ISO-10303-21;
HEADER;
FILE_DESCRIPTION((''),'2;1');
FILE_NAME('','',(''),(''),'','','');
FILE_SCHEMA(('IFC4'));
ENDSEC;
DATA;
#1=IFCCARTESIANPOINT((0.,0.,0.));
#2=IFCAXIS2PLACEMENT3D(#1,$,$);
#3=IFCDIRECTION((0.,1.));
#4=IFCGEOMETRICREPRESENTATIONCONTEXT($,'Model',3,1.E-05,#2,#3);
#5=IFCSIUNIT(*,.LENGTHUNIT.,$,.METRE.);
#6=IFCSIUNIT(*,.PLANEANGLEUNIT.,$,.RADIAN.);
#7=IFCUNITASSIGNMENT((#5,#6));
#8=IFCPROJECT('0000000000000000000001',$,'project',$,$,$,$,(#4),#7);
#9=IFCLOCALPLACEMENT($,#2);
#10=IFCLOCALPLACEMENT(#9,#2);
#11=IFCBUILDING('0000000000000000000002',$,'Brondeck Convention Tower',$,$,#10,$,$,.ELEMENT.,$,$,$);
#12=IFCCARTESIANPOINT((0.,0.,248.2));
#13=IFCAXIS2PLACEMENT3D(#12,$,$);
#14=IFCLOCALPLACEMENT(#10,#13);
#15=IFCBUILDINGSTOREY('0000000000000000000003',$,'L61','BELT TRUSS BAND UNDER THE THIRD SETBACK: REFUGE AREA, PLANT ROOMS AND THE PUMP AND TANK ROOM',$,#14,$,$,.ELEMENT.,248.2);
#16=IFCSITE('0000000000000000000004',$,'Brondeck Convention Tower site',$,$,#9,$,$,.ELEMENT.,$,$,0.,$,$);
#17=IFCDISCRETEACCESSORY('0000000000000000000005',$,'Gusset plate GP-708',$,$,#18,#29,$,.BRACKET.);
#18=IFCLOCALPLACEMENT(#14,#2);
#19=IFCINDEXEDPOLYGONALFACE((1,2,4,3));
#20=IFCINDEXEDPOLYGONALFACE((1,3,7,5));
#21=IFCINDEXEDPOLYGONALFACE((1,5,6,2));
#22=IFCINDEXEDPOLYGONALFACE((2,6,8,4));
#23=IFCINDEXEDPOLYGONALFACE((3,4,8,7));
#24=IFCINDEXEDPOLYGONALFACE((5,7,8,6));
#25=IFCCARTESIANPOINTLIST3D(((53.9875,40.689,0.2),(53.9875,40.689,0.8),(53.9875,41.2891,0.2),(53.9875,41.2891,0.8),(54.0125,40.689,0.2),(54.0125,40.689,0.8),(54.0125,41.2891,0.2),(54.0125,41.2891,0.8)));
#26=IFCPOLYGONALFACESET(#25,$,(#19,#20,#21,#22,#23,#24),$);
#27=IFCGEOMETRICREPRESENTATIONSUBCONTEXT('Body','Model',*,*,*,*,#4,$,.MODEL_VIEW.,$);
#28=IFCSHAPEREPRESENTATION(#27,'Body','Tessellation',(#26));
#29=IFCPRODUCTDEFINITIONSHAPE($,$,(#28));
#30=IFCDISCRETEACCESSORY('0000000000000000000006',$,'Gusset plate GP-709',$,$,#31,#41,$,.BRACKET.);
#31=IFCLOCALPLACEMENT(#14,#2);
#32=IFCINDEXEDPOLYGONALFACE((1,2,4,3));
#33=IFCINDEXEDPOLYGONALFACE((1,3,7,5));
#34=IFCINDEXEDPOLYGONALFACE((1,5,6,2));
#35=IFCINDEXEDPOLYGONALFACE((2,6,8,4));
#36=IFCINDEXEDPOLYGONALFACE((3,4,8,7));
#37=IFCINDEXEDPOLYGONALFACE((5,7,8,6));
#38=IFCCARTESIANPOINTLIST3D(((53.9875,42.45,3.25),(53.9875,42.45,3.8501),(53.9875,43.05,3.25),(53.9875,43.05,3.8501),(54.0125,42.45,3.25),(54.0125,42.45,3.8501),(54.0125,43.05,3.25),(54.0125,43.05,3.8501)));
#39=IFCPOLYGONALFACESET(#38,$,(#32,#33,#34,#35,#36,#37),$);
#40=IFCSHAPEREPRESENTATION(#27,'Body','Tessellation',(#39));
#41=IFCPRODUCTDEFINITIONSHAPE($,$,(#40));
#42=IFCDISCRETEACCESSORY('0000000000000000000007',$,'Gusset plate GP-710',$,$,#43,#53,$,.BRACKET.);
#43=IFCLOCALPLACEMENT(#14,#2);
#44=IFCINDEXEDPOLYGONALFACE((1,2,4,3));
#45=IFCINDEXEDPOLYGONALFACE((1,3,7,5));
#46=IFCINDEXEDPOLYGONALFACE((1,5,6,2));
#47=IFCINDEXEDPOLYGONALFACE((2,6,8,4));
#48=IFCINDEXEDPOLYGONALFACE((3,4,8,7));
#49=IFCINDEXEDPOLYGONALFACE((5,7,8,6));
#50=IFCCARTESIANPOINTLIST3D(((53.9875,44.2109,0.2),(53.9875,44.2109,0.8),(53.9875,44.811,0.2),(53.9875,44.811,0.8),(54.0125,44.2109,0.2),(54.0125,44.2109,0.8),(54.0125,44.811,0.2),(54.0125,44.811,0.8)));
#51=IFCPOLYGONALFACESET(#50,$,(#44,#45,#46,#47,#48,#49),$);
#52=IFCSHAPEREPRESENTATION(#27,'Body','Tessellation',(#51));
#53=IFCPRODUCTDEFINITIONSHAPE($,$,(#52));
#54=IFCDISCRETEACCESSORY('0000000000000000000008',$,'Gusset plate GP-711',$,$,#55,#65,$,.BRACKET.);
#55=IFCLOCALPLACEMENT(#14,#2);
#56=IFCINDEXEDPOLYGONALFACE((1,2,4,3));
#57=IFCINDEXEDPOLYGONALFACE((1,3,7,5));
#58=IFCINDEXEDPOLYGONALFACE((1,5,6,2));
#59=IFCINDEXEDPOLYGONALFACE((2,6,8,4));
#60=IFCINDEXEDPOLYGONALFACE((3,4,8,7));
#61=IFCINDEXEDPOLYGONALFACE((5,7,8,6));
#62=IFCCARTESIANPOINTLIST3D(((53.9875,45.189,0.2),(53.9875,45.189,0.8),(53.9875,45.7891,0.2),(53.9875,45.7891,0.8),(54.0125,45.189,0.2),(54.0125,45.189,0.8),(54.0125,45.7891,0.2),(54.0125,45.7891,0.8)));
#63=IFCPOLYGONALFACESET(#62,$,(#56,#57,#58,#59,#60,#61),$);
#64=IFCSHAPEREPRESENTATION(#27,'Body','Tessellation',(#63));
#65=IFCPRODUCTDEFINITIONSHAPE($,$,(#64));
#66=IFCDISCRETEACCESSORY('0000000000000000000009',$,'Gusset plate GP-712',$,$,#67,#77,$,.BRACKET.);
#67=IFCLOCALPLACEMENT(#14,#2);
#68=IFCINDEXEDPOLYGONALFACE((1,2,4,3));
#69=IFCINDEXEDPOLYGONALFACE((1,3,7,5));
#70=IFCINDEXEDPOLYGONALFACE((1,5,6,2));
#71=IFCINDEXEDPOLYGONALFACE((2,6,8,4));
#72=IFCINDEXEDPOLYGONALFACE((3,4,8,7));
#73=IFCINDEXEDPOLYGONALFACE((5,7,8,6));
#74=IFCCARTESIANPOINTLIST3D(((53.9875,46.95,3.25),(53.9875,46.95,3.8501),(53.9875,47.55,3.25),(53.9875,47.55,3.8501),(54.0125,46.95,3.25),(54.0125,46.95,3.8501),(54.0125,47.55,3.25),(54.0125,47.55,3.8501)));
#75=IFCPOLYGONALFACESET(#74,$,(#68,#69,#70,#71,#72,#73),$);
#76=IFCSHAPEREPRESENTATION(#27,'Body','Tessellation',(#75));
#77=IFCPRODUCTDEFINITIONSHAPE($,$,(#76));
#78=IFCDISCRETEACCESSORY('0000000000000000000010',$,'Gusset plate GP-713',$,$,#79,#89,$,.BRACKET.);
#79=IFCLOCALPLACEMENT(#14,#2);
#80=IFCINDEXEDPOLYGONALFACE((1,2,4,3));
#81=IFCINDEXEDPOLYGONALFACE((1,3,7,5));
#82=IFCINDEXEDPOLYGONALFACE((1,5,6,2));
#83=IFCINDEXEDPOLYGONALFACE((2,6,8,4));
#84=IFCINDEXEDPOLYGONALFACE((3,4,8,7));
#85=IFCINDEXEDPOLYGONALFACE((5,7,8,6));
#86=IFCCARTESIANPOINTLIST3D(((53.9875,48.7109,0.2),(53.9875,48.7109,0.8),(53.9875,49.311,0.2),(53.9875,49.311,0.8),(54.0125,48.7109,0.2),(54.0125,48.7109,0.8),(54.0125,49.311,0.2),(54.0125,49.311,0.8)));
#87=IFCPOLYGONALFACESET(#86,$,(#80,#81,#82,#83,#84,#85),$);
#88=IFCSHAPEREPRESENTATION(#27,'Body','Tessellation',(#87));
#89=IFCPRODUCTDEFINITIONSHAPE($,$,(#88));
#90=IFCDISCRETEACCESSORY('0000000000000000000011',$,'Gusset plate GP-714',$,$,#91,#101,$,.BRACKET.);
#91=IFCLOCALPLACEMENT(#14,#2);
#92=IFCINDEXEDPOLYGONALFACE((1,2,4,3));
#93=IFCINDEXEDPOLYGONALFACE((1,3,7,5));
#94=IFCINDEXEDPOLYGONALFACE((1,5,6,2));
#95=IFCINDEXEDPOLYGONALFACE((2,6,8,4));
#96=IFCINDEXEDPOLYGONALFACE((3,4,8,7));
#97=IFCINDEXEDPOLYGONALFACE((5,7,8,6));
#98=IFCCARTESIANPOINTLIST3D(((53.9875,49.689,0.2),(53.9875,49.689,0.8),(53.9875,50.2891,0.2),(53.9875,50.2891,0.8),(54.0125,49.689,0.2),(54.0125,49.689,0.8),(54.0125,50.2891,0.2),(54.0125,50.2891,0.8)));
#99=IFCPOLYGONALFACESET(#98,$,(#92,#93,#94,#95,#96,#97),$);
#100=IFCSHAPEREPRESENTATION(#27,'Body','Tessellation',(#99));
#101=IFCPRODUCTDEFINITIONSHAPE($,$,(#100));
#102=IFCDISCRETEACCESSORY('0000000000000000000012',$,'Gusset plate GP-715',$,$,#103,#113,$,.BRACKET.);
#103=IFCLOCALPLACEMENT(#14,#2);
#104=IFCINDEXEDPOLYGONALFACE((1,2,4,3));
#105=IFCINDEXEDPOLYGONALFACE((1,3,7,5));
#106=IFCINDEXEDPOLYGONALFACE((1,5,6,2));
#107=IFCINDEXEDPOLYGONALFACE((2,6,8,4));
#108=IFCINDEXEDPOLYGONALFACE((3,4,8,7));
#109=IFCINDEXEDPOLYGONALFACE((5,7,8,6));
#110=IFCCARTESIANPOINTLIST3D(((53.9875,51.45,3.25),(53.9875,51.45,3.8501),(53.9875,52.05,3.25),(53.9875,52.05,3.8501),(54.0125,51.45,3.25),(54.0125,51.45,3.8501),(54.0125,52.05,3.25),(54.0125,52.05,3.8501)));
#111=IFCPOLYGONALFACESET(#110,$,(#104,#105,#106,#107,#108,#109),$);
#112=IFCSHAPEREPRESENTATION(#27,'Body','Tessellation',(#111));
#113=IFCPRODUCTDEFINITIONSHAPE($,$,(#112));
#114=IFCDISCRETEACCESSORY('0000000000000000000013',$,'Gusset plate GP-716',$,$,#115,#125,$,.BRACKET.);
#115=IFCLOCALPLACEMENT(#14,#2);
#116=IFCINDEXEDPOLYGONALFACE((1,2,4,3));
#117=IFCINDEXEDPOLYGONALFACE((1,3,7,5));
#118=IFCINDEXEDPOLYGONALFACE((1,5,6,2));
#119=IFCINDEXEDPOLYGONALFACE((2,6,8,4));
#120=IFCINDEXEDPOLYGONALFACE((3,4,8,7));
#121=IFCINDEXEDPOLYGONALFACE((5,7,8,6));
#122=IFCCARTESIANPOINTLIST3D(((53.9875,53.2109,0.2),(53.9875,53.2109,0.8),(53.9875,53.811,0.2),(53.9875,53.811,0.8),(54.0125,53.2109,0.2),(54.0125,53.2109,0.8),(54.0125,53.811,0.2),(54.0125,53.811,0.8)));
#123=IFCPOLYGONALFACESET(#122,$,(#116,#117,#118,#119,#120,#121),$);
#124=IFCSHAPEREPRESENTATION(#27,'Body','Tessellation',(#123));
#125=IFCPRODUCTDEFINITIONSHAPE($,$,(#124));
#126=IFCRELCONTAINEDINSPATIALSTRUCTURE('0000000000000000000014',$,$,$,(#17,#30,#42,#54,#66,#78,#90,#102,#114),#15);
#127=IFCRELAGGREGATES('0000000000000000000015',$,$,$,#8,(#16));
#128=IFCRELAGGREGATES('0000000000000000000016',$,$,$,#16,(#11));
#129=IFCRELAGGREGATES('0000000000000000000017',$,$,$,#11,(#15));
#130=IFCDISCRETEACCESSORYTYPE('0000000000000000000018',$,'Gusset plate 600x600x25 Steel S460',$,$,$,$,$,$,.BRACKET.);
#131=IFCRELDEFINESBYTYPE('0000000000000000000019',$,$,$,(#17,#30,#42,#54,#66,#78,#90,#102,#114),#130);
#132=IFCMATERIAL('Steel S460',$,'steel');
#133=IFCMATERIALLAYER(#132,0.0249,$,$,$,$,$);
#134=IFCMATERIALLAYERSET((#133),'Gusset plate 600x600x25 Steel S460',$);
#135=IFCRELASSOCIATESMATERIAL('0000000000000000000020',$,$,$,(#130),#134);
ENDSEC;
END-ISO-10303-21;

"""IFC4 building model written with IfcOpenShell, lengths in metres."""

from ifc_helpers import new_model, si_unit, direction, frame, origin, origin_2d, place, context, subcontext, project, spatial, rectangle, extrude, material, layer, layer_set, type_object, element, save


model = new_model("IFC4")

# Units and contexts
model_context = context("Model", 3, precision=1e-05, world=origin(), true_north=direction((0.0, 1.0)))
body_context = subcontext(model_context, "Body", "Model", "MODEL_VIEW")
ifc_project = project(units=[si_unit("LENGTHUNIT", "METRE"), si_unit("PLANEANGLEUNIT", "RADIAN")], contexts=[model_context])

# Site, building, storey
site_placement = place(None, origin())
site = spatial("IfcSite", under=ifc_project, at=site_placement, Name="Brondeck Convention Tower site", CompositionType="ELEMENT", RefElevation=0.0)
building_placement = place(site_placement, origin())
building = spatial("IfcBuilding", under=site, at=building_placement, Name="Brondeck Convention Tower", CompositionType="ELEMENT")
storey_placement = place(building_placement, frame((0.0, 0.0, 248.2)))
storey = spatial("IfcBuildingStorey", under=building, at=storey_placement, Name="L61", Description="BELT TRUSS BAND UNDER THE THIRD SETBACK: REFUGE AREA, PLANT ROOMS AND THE PUMP AND TANK ROOM", CompositionType="ELEMENT", Elevation=248.2)

# Shared definitions
ifc_material_1 = material(Name="Steel S460", Category="steel")

# Discrete accessories
ifc_layer_1 = layer(ifc_material_1, 0.0249)
ifc_layer_set_1 = layer_set([ifc_layer_1], Name="Gusset plate 600x600x25 Steel S460")
discrete_accessory_type = type_object("IfcDiscreteAccessoryType", Name="Gusset plate 600x600x25 Steel S460", PredefinedType="BRACKET", material=ifc_layer_set_1)
for number, where, z_axis, x_axis, name in (
    (1, (54.0, 40.989, 0.2), (0.0, 0.0, 1.0), (0.0, 1.0, 0.0), "Gusset plate GP-708"),
    (2, (54.0, 42.75, 3.25), (0.0, 0.0, 1.0), (0.0, 1.0, 0.0), "Gusset plate GP-709"),
    (3, (54.0, 44.511, 0.2), (0.0, 0.0, 1.0), (0.0, 1.0, 0.0), "Gusset plate GP-710"),
    (4, (54.0, 45.489, 0.2), (0.0, 0.0, 1.0), (0.0, 1.0, 0.0), "Gusset plate GP-711"),
    (5, (54.0, 47.25, 3.25), (0.0, 0.0, 1.0), (0.0, 1.0, 0.0), "Gusset plate GP-712"),
    (6, (54.0, 49.011, 0.2), (0.0, 0.0, 1.0), (0.0, 1.0, 0.0), "Gusset plate GP-713"),
    (7, (54.0, 49.989, 0.2), (0.0, 0.0, 1.0), (0.0, 1.0, 0.0), "Gusset plate GP-714"),
    (8, (54.0, 51.75, 3.25), (0.0, 0.0, 1.0), (0.0, 1.0, 0.0), "Gusset plate GP-715"),
    (9, (54.0, 53.511, 0.2), (0.0, 0.0, 1.0), (0.0, 1.0, 0.0), "Gusset plate GP-716"),
):
    element("IfcDiscreteAccessory", number, at=place(storey_placement, frame(where, z_axis=z_axis, x_axis=x_axis)), inside=storey, type_object=discrete_accessory_type, Name=name, PredefinedType="BRACKET", context=body_context, shape_type="SweptSolid", body=[
        extrude(rectangle(XDim=0.6001, YDim=0.0249, at=origin_2d()), origin(), (0.0, 0.0, 1.0), 0.6001),
    ])

save(model, "model.ifc")
